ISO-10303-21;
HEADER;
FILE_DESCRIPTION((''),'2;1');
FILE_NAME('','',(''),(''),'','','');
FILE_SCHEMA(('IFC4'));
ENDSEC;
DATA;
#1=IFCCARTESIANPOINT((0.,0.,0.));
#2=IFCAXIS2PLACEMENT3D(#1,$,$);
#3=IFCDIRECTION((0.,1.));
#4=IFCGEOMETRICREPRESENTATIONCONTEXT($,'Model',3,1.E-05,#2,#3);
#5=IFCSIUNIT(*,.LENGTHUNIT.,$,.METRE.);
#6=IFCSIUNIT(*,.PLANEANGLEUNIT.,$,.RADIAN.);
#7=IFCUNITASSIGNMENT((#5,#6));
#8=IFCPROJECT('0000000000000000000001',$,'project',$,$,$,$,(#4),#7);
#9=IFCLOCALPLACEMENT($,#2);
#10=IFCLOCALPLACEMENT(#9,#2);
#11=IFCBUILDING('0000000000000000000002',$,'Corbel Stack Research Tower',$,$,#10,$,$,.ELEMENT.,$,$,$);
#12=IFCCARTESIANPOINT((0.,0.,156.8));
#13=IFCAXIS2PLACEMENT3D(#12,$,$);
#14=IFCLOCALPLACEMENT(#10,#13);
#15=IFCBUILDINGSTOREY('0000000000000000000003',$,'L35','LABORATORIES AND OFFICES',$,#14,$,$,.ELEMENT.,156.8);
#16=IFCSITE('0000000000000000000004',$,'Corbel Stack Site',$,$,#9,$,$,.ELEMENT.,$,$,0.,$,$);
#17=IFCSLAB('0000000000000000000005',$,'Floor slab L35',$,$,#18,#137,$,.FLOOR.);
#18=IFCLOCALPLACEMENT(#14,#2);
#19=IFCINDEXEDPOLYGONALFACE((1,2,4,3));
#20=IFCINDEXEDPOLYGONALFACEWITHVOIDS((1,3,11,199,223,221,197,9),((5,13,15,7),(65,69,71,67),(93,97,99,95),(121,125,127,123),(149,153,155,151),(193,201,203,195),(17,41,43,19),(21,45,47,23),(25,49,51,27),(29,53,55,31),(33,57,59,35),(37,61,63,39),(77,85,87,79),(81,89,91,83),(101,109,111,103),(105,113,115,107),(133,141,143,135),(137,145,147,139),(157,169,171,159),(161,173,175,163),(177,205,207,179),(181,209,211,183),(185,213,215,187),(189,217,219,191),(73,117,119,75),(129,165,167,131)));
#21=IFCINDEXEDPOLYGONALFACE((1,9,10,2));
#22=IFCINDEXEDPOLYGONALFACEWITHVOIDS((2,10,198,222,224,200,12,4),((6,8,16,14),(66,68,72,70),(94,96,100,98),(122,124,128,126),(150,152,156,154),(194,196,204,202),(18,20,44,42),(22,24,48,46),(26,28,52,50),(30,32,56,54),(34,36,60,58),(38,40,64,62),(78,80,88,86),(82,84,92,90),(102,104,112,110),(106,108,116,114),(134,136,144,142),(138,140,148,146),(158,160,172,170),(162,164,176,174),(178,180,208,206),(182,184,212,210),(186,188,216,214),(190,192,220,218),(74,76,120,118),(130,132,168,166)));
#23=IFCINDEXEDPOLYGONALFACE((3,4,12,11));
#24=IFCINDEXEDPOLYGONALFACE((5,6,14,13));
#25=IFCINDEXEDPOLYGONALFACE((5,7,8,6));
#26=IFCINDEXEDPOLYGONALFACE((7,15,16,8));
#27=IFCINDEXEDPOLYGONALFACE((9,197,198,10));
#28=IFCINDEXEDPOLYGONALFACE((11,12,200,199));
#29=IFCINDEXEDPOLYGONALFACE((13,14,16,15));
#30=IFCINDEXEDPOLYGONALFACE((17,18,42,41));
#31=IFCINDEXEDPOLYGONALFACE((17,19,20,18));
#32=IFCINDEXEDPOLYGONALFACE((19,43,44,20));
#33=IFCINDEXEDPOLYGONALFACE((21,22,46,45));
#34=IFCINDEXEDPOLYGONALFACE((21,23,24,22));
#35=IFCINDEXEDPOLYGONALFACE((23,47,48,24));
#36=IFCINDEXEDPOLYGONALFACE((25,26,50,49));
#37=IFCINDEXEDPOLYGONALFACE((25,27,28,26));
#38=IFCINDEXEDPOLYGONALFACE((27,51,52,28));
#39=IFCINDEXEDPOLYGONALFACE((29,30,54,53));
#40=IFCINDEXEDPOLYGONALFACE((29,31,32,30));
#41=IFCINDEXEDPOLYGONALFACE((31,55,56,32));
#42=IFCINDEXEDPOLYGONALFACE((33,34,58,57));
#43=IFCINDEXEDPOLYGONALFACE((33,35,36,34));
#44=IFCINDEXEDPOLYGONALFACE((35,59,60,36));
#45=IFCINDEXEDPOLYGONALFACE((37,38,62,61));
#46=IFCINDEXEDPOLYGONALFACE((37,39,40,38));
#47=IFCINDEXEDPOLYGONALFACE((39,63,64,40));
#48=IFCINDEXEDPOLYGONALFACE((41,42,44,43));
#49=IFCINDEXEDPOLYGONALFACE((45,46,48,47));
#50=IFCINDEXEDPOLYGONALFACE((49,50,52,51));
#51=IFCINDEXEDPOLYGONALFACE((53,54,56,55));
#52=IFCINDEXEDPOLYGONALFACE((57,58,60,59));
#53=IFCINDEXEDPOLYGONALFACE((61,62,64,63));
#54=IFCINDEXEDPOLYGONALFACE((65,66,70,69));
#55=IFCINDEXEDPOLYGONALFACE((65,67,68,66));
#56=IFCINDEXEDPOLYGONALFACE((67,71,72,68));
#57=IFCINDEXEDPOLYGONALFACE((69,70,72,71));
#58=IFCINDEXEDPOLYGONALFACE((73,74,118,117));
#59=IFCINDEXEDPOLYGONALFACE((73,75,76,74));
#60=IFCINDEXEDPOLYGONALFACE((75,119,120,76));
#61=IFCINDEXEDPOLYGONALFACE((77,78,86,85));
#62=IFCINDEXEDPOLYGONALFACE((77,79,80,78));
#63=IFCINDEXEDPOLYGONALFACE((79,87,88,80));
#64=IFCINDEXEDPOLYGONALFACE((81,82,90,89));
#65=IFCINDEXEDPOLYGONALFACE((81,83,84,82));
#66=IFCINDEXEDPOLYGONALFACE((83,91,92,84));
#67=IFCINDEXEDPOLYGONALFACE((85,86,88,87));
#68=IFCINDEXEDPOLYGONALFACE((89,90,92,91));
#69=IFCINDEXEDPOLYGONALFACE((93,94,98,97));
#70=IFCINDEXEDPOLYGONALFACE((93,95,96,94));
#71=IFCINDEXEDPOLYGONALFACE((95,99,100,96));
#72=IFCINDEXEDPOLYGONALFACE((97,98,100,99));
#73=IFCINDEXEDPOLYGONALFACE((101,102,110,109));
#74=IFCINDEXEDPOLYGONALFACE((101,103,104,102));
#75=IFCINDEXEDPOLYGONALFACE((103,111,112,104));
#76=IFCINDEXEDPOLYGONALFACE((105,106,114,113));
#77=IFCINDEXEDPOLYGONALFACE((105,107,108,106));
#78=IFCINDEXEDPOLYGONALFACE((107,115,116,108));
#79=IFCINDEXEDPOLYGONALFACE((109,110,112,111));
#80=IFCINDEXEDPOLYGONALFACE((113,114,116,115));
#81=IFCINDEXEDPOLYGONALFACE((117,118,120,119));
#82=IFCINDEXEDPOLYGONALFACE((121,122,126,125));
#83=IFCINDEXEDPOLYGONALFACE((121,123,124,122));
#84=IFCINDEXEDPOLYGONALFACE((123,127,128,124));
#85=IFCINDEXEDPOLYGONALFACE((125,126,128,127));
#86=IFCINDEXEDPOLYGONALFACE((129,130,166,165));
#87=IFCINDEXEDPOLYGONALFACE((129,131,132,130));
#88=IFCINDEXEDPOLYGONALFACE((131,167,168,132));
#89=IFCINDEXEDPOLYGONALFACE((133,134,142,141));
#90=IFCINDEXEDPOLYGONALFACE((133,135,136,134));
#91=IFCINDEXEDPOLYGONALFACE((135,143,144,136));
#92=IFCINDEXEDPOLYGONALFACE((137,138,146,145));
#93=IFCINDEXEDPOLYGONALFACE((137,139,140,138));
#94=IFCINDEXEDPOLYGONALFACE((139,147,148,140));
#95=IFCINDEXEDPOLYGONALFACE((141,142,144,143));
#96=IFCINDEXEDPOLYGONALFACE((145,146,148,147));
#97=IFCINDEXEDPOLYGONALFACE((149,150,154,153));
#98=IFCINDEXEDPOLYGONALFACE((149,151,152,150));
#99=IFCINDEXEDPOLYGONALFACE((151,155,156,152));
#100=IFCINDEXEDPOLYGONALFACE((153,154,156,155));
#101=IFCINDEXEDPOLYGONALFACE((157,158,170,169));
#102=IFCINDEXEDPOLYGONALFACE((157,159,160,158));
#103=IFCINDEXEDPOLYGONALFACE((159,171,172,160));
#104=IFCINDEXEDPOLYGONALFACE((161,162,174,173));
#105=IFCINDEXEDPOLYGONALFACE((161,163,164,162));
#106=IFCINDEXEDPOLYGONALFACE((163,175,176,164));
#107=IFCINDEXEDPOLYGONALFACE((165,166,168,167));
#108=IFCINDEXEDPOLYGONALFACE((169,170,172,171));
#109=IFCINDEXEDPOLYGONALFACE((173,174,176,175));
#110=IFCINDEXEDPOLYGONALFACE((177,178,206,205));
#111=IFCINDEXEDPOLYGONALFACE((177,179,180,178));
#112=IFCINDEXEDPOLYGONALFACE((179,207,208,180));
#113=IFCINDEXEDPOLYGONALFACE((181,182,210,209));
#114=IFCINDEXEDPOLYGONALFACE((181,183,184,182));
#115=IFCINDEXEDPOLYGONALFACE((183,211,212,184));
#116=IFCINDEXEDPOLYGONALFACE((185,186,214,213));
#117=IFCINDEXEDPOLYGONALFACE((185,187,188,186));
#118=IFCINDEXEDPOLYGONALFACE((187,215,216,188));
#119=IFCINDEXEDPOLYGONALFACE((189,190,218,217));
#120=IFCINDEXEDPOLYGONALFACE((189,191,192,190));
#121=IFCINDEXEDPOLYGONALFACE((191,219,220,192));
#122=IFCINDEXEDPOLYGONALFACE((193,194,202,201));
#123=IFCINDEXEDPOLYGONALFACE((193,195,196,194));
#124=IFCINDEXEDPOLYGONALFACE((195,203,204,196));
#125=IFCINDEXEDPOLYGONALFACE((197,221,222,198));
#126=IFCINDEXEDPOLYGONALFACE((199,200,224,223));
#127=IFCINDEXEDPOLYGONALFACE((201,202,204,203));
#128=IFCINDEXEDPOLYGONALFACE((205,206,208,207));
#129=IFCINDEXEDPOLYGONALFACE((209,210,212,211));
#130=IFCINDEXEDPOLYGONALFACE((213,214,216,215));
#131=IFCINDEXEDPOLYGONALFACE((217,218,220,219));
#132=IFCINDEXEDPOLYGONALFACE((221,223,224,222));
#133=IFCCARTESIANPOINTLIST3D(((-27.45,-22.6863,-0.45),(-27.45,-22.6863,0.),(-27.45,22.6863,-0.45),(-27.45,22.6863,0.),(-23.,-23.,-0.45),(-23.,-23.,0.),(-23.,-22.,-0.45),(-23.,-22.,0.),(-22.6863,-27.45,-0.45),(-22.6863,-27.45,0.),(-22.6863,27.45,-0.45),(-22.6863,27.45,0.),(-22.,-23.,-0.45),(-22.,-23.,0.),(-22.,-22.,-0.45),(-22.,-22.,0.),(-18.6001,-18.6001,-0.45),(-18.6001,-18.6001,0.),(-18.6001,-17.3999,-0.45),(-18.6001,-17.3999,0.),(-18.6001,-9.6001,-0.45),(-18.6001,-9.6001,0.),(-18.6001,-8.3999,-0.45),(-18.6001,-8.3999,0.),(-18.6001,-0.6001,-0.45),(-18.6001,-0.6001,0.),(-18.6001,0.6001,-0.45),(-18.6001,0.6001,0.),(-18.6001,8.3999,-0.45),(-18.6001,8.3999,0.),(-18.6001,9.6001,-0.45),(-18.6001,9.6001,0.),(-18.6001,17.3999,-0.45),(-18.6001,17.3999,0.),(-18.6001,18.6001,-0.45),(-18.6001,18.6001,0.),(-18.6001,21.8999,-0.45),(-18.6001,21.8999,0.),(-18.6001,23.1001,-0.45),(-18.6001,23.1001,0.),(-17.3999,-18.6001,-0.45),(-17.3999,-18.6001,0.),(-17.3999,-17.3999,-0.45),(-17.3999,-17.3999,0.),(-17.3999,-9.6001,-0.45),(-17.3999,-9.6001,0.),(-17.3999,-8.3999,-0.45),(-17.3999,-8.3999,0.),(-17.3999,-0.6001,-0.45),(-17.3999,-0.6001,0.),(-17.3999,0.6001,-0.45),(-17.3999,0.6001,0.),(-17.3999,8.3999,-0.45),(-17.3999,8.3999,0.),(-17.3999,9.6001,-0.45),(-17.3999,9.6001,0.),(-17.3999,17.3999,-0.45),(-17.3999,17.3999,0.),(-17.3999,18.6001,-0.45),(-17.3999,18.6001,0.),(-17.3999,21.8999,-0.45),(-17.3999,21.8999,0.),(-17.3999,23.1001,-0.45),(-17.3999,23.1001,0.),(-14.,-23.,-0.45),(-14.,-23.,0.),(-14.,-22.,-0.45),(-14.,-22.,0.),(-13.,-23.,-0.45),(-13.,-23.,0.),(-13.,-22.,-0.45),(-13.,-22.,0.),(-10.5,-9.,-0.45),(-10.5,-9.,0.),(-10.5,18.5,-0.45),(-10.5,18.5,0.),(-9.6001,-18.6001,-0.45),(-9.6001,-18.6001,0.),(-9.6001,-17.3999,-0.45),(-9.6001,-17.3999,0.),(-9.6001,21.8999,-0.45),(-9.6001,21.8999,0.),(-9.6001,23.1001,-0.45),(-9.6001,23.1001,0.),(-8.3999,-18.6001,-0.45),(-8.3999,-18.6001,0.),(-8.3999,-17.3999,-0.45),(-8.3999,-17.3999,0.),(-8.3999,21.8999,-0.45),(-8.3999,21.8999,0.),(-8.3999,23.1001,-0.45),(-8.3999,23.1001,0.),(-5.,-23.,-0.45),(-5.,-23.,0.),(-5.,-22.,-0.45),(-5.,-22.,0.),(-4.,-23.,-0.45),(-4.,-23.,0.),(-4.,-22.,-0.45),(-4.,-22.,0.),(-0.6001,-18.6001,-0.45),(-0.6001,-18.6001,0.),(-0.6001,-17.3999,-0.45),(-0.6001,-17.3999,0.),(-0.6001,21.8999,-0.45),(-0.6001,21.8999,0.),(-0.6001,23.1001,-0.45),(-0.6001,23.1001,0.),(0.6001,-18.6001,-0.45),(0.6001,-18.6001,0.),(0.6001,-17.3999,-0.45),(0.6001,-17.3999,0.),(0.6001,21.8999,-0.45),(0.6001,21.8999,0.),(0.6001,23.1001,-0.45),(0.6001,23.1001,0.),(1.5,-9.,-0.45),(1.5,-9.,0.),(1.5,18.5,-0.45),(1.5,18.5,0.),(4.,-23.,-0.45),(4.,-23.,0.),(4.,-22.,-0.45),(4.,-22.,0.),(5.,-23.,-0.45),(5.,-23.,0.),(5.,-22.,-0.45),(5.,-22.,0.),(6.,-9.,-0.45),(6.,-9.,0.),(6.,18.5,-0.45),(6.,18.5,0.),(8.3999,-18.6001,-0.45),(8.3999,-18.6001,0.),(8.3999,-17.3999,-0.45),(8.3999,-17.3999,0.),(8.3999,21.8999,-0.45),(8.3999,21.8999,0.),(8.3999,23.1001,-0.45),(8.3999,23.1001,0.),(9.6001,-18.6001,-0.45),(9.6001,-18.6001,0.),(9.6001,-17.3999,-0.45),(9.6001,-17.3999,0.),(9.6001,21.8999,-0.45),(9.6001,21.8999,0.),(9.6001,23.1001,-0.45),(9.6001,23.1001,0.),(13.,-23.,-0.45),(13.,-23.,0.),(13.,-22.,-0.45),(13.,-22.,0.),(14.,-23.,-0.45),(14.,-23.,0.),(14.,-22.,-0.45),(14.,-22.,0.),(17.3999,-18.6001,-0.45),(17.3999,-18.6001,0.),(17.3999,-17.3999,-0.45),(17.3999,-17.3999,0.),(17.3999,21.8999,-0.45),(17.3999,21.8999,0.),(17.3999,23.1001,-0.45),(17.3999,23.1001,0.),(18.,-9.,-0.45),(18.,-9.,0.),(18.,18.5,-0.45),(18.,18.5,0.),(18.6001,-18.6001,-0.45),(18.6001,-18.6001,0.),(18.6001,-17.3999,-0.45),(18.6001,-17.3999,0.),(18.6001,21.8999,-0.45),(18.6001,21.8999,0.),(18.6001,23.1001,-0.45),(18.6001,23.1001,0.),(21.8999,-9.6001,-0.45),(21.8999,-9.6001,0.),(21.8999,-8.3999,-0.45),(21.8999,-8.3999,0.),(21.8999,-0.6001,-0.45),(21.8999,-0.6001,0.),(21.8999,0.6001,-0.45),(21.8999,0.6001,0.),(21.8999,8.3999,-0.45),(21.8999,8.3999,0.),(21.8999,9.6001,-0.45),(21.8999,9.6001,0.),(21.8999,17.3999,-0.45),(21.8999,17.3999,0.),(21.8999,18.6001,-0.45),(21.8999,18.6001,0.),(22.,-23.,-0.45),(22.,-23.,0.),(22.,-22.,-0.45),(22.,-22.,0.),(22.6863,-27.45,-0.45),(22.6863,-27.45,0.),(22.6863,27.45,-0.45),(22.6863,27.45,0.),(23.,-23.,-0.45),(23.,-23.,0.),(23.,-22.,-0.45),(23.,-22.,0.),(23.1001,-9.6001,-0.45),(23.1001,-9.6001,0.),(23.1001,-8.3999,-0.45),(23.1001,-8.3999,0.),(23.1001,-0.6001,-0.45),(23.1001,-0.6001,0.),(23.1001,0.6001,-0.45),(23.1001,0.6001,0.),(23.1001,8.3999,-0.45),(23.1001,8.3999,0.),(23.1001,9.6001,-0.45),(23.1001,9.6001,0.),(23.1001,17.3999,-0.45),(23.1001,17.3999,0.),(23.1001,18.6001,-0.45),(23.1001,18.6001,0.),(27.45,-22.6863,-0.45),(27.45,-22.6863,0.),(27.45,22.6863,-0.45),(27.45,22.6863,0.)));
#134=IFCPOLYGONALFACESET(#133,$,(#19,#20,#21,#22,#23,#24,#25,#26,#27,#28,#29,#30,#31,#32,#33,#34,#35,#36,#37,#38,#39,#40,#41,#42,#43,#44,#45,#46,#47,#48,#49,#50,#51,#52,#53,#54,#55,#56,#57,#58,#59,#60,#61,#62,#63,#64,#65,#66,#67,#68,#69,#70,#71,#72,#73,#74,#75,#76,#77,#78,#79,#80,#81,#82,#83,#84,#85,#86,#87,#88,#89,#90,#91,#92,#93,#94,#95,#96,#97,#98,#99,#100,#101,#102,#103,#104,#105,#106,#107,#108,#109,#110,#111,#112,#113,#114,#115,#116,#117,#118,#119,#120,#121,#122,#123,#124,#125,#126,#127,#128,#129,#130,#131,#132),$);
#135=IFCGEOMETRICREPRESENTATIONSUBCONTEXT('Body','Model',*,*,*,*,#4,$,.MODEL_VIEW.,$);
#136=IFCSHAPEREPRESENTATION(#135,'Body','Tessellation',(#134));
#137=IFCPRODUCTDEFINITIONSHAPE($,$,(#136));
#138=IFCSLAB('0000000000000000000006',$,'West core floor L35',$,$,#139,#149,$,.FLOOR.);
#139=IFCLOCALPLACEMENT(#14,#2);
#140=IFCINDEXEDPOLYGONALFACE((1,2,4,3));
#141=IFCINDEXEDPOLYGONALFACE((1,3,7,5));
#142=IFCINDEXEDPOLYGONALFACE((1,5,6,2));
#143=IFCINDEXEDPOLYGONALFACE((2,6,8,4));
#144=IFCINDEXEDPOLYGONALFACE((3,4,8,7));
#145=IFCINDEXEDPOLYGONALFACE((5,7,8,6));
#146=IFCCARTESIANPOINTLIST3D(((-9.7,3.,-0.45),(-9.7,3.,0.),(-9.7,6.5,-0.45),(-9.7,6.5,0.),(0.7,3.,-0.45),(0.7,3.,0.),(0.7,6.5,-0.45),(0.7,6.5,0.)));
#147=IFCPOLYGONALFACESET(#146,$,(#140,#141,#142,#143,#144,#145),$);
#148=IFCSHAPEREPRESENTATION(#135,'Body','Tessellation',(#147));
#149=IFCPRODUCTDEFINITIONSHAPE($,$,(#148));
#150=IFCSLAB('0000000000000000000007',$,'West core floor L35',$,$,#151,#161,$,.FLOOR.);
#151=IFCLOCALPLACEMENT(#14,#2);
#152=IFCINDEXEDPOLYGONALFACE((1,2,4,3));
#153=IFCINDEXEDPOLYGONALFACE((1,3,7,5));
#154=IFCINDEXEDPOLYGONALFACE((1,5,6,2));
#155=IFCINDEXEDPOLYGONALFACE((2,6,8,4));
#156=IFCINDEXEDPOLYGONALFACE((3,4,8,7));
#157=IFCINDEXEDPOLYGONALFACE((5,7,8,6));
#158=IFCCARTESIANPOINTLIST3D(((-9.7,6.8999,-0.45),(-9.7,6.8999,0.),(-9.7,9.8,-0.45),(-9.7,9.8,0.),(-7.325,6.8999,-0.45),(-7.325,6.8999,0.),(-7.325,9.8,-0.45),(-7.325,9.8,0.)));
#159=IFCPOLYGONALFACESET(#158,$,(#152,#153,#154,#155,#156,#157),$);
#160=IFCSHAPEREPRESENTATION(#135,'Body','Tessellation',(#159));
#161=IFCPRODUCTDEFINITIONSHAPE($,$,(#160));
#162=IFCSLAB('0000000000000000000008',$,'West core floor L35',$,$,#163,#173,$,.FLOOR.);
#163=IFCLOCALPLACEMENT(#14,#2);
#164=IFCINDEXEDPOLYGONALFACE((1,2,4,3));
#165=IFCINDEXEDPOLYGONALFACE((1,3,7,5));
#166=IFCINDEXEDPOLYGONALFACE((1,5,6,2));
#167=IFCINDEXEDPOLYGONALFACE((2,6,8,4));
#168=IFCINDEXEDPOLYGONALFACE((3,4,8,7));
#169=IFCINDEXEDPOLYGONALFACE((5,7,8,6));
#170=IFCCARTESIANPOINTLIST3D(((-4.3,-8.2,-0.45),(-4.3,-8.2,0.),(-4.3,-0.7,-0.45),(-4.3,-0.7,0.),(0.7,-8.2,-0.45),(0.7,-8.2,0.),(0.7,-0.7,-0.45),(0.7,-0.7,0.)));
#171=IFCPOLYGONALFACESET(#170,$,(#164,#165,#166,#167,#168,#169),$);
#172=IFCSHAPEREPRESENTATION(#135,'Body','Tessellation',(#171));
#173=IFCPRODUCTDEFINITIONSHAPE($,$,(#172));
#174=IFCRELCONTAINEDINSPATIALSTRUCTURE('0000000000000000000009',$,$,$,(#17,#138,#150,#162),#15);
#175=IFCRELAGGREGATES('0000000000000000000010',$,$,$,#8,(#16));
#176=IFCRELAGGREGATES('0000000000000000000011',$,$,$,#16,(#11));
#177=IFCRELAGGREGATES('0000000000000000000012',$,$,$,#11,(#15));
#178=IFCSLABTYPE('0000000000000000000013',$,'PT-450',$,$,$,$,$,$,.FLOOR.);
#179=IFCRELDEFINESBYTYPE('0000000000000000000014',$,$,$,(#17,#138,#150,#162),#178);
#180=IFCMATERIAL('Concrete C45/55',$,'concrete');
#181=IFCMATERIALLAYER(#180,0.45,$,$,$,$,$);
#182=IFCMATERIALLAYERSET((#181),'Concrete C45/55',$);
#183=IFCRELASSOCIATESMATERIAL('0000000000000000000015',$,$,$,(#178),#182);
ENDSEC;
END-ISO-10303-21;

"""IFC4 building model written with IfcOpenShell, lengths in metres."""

from ifc_helpers import new_model, si_unit, direction, frame, origin, place, context, subcontext, project, spatial, polyline, outline, extrude, material, layer, layer_set, type_object, element, save


model = new_model("IFC4")

# Units and contexts
model_context = context("Model", 3, precision=1e-05, world=origin(), true_north=direction((0.0, 1.0)))
body_context = subcontext(model_context, "Body", "Model", "MODEL_VIEW")
ifc_project = project(units=[si_unit("LENGTHUNIT", "METRE"), si_unit("PLANEANGLEUNIT", "RADIAN")], contexts=[model_context])

# Site, building, storey
site_placement = place(None, origin())
site = spatial("IfcSite", under=ifc_project, at=site_placement, Name="Corbel Stack Site", CompositionType="ELEMENT", RefElevation=0.0)
building_placement = place(site_placement, origin())
building = spatial("IfcBuilding", under=site, at=building_placement, Name="Corbel Stack Research Tower", CompositionType="ELEMENT")
storey_placement = place(building_placement, frame((0.0, 0.0, 156.8)))
storey = spatial("IfcBuildingStorey", under=building, at=storey_placement, Name="L35", Description="LABORATORIES AND OFFICES", CompositionType="ELEMENT", Elevation=156.8)

# Slabs
ifc_material_1 = material(Name="Concrete C45/55", Category="concrete")
ifc_layer_1 = layer(ifc_material_1, 0.45)
ifc_layer_set_1 = layer_set([ifc_layer_1], Name="Concrete C45/55")
slab_type = type_object("IfcSlabType", Name="PT-450", PredefinedType="FLOOR", material=ifc_layer_set_1)
slab_1_placement = place(storey_placement, frame((0.0, 0.0, -0.45)))
element("IfcSlab", 1, at=slab_1_placement, inside=storey, type_object=slab_type, Name="Floor slab L35", PredefinedType="FLOOR", context=body_context, shape_type="SweptSolid", body=[
    extrude(outline(polyline([(-22.6863, -27.45), (22.6863, -27.45), (27.45, -22.6863), (27.45, 22.6863), (22.6863, 27.45), (-22.6863, 27.45), (-27.45, 22.6863), (-27.45, -22.6863), (-22.6863, -27.45)]), holes=[polyline([(21.8999, 17.3999), (21.8999, 18.6001), (23.1001, 18.6001), (23.1001, 17.3999), (21.8999, 17.3999)]), polyline([(21.8999, 8.3999), (21.8999, 9.6001), (23.1001, 9.6001), (23.1001, 8.3999), (21.8999, 8.3999)]), polyline([(23.1001, -0.6001), (21.8999, -0.6001), (21.8999, 0.6001), (23.1001, 0.6001), (23.1001, -0.6001)]), polyline([(21.8999, -9.6001), (21.8999, -8.3999), (23.1001, -8.3999), (23.1001, -9.6001), (21.8999, -9.6001)]), polyline([(22.0, -23.0), (22.0, -22.0), (23.0, -22.0), (23.0, -23.0), (22.0, -23.0)]), polyline([(17.3999, 21.8999), (17.3999, 23.1001), (18.6001, 23.1001), (18.6001, 21.8999), (17.3999, 21.8999)]), polyline([(17.3999, -18.6001), (17.3999, -17.3999), (18.6001, -17.3999), (18.6001, -18.6001), (17.3999, -18.6001)]), polyline([(6.0, -9.0), (6.0, 18.5), (18.0, 18.5), (18.0, -9.0), (6.0, -9.0)]), polyline([(13.0, -23.0), (13.0, -22.0), (14.0, -22.0), (14.0, -23.0), (13.0, -23.0)]), polyline([(8.3999, 21.8999), (8.3999, 23.1001), (9.6001, 23.1001), (9.6001, 21.8999), (8.3999, 21.8999)]), polyline([(9.6001, -18.6001), (8.3999, -18.6001), (8.3999, -17.3999), (9.6001, -17.3999), (9.6001, -18.6001)]), polyline([(5.0, -23.0), (4.0, -23.0), (4.0, -22.0), (5.0, -22.0), (5.0, -23.0)]), polyline([(-10.5, -9.0), (-10.5, 18.5), (1.5, 18.5), (1.5, -9.0), (-10.5, -9.0)]), polyline([(-0.6001, 21.8999), (-0.6001, 23.1001), (0.6001, 23.1001), (0.6001, 21.8999), (-0.6001, 21.8999)]), polyline([(-0.6001, -18.6001), (-0.6001, -17.3999), (0.6001, -17.3999), (0.6001, -18.6001), (-0.6001, -18.6001)]), polyline([(-5.0, -23.0), (-5.0, -22.0), (-4.0, -22.0), (-4.0, -23.0), (-5.0, -23.0)]), polyline([(-9.6001, 21.8999), (-9.6001, 23.1001), (-8.3999, 23.1001), (-8.3999, 21.8999), (-9.6001, 21.8999)]), polyline([(-9.6001, -18.6001), (-9.6001, -17.3999), (-8.3999, -17.3999), (-8.3999, -18.6001), (-9.6001, -18.6001)]), polyline([(-14.0, -23.0), (-14.0, -22.0), (-13.0, -22.0), (-13.0, -23.0), (-14.0, -23.0)]), polyline([(-18.6001, 21.8999), (-18.6001, 23.1001), (-17.3999, 23.1001), (-17.3999, 21.8999), (-18.6001, 21.8999)]), polyline([(-18.6001, 17.3999), (-18.6001, 18.6001), (-17.3999, 18.6001), (-17.3999, 17.3999), (-18.6001, 17.3999)]), polyline([(-18.6001, 8.3999), (-18.6001, 9.6001), (-17.3999, 9.6001), (-17.3999, 8.3999), (-18.6001, 8.3999)]), polyline([(-18.6001, -0.6001), (-18.6001, 0.6001), (-17.3999, 0.6001), (-17.3999, -0.6001), (-18.6001, -0.6001)]), polyline([(-17.3999, -9.6001), (-18.6001, -9.6001), (-18.6001, -8.3999), (-17.3999, -8.3999), (-17.3999, -9.6001)]), polyline([(-17.3999, -18.6001), (-18.6001, -18.6001), (-18.6001, -17.3999), (-17.3999, -17.3999), (-17.3999, -18.6001)]), polyline([(-22.0, -23.0), (-23.0, -23.0), (-23.0, -22.0), (-22.0, -22.0), (-22.0, -23.0)])]), origin(), (0.0, 0.0, 1.0), 0.45),
])
slab_2_placement = place(storey_placement, frame((0.0, 0.0, -0.45)))
element("IfcSlab", 2, at=slab_2_placement, inside=storey, type_object=slab_type, Name="West core floor L35", PredefinedType="FLOOR", context=body_context, shape_type="SweptSolid", body=[
    extrude(outline(polyline([(0.7, 6.5), (-9.7, 6.5), (-9.7, 3.0), (0.7, 3.0), (0.7, 6.5)])), origin(), (0.0, 0.0, 1.0), 0.45),
])
slab_3_placement = place(storey_placement, frame((0.0, 0.0, -0.45)))
element("IfcSlab", 3, at=slab_3_placement, inside=storey, type_object=slab_type, Name="West core floor L35", PredefinedType="FLOOR", context=body_context, shape_type="SweptSolid", body=[
    extrude(outline(polyline([(-9.7, 6.8999), (-7.325, 6.8999), (-7.325, 9.8), (-9.7, 9.8), (-9.7, 6.8999)])), origin(), (0.0, 0.0, 1.0), 0.45),
])
slab_4_placement = place(storey_placement, frame((0.0, 0.0, -0.45)))
element("IfcSlab", 4, at=slab_4_placement, inside=storey, type_object=slab_type, Name="West core floor L35", PredefinedType="FLOOR", context=body_context, shape_type="SweptSolid", body=[
    extrude(outline(polyline([(-4.3, -0.7), (-4.3, -8.2), (0.7, -8.2), (0.7, -0.7), (-4.3, -0.7)])), origin(), (0.0, 0.0, 1.0), 0.45),
])

save(model, "model.ifc")
